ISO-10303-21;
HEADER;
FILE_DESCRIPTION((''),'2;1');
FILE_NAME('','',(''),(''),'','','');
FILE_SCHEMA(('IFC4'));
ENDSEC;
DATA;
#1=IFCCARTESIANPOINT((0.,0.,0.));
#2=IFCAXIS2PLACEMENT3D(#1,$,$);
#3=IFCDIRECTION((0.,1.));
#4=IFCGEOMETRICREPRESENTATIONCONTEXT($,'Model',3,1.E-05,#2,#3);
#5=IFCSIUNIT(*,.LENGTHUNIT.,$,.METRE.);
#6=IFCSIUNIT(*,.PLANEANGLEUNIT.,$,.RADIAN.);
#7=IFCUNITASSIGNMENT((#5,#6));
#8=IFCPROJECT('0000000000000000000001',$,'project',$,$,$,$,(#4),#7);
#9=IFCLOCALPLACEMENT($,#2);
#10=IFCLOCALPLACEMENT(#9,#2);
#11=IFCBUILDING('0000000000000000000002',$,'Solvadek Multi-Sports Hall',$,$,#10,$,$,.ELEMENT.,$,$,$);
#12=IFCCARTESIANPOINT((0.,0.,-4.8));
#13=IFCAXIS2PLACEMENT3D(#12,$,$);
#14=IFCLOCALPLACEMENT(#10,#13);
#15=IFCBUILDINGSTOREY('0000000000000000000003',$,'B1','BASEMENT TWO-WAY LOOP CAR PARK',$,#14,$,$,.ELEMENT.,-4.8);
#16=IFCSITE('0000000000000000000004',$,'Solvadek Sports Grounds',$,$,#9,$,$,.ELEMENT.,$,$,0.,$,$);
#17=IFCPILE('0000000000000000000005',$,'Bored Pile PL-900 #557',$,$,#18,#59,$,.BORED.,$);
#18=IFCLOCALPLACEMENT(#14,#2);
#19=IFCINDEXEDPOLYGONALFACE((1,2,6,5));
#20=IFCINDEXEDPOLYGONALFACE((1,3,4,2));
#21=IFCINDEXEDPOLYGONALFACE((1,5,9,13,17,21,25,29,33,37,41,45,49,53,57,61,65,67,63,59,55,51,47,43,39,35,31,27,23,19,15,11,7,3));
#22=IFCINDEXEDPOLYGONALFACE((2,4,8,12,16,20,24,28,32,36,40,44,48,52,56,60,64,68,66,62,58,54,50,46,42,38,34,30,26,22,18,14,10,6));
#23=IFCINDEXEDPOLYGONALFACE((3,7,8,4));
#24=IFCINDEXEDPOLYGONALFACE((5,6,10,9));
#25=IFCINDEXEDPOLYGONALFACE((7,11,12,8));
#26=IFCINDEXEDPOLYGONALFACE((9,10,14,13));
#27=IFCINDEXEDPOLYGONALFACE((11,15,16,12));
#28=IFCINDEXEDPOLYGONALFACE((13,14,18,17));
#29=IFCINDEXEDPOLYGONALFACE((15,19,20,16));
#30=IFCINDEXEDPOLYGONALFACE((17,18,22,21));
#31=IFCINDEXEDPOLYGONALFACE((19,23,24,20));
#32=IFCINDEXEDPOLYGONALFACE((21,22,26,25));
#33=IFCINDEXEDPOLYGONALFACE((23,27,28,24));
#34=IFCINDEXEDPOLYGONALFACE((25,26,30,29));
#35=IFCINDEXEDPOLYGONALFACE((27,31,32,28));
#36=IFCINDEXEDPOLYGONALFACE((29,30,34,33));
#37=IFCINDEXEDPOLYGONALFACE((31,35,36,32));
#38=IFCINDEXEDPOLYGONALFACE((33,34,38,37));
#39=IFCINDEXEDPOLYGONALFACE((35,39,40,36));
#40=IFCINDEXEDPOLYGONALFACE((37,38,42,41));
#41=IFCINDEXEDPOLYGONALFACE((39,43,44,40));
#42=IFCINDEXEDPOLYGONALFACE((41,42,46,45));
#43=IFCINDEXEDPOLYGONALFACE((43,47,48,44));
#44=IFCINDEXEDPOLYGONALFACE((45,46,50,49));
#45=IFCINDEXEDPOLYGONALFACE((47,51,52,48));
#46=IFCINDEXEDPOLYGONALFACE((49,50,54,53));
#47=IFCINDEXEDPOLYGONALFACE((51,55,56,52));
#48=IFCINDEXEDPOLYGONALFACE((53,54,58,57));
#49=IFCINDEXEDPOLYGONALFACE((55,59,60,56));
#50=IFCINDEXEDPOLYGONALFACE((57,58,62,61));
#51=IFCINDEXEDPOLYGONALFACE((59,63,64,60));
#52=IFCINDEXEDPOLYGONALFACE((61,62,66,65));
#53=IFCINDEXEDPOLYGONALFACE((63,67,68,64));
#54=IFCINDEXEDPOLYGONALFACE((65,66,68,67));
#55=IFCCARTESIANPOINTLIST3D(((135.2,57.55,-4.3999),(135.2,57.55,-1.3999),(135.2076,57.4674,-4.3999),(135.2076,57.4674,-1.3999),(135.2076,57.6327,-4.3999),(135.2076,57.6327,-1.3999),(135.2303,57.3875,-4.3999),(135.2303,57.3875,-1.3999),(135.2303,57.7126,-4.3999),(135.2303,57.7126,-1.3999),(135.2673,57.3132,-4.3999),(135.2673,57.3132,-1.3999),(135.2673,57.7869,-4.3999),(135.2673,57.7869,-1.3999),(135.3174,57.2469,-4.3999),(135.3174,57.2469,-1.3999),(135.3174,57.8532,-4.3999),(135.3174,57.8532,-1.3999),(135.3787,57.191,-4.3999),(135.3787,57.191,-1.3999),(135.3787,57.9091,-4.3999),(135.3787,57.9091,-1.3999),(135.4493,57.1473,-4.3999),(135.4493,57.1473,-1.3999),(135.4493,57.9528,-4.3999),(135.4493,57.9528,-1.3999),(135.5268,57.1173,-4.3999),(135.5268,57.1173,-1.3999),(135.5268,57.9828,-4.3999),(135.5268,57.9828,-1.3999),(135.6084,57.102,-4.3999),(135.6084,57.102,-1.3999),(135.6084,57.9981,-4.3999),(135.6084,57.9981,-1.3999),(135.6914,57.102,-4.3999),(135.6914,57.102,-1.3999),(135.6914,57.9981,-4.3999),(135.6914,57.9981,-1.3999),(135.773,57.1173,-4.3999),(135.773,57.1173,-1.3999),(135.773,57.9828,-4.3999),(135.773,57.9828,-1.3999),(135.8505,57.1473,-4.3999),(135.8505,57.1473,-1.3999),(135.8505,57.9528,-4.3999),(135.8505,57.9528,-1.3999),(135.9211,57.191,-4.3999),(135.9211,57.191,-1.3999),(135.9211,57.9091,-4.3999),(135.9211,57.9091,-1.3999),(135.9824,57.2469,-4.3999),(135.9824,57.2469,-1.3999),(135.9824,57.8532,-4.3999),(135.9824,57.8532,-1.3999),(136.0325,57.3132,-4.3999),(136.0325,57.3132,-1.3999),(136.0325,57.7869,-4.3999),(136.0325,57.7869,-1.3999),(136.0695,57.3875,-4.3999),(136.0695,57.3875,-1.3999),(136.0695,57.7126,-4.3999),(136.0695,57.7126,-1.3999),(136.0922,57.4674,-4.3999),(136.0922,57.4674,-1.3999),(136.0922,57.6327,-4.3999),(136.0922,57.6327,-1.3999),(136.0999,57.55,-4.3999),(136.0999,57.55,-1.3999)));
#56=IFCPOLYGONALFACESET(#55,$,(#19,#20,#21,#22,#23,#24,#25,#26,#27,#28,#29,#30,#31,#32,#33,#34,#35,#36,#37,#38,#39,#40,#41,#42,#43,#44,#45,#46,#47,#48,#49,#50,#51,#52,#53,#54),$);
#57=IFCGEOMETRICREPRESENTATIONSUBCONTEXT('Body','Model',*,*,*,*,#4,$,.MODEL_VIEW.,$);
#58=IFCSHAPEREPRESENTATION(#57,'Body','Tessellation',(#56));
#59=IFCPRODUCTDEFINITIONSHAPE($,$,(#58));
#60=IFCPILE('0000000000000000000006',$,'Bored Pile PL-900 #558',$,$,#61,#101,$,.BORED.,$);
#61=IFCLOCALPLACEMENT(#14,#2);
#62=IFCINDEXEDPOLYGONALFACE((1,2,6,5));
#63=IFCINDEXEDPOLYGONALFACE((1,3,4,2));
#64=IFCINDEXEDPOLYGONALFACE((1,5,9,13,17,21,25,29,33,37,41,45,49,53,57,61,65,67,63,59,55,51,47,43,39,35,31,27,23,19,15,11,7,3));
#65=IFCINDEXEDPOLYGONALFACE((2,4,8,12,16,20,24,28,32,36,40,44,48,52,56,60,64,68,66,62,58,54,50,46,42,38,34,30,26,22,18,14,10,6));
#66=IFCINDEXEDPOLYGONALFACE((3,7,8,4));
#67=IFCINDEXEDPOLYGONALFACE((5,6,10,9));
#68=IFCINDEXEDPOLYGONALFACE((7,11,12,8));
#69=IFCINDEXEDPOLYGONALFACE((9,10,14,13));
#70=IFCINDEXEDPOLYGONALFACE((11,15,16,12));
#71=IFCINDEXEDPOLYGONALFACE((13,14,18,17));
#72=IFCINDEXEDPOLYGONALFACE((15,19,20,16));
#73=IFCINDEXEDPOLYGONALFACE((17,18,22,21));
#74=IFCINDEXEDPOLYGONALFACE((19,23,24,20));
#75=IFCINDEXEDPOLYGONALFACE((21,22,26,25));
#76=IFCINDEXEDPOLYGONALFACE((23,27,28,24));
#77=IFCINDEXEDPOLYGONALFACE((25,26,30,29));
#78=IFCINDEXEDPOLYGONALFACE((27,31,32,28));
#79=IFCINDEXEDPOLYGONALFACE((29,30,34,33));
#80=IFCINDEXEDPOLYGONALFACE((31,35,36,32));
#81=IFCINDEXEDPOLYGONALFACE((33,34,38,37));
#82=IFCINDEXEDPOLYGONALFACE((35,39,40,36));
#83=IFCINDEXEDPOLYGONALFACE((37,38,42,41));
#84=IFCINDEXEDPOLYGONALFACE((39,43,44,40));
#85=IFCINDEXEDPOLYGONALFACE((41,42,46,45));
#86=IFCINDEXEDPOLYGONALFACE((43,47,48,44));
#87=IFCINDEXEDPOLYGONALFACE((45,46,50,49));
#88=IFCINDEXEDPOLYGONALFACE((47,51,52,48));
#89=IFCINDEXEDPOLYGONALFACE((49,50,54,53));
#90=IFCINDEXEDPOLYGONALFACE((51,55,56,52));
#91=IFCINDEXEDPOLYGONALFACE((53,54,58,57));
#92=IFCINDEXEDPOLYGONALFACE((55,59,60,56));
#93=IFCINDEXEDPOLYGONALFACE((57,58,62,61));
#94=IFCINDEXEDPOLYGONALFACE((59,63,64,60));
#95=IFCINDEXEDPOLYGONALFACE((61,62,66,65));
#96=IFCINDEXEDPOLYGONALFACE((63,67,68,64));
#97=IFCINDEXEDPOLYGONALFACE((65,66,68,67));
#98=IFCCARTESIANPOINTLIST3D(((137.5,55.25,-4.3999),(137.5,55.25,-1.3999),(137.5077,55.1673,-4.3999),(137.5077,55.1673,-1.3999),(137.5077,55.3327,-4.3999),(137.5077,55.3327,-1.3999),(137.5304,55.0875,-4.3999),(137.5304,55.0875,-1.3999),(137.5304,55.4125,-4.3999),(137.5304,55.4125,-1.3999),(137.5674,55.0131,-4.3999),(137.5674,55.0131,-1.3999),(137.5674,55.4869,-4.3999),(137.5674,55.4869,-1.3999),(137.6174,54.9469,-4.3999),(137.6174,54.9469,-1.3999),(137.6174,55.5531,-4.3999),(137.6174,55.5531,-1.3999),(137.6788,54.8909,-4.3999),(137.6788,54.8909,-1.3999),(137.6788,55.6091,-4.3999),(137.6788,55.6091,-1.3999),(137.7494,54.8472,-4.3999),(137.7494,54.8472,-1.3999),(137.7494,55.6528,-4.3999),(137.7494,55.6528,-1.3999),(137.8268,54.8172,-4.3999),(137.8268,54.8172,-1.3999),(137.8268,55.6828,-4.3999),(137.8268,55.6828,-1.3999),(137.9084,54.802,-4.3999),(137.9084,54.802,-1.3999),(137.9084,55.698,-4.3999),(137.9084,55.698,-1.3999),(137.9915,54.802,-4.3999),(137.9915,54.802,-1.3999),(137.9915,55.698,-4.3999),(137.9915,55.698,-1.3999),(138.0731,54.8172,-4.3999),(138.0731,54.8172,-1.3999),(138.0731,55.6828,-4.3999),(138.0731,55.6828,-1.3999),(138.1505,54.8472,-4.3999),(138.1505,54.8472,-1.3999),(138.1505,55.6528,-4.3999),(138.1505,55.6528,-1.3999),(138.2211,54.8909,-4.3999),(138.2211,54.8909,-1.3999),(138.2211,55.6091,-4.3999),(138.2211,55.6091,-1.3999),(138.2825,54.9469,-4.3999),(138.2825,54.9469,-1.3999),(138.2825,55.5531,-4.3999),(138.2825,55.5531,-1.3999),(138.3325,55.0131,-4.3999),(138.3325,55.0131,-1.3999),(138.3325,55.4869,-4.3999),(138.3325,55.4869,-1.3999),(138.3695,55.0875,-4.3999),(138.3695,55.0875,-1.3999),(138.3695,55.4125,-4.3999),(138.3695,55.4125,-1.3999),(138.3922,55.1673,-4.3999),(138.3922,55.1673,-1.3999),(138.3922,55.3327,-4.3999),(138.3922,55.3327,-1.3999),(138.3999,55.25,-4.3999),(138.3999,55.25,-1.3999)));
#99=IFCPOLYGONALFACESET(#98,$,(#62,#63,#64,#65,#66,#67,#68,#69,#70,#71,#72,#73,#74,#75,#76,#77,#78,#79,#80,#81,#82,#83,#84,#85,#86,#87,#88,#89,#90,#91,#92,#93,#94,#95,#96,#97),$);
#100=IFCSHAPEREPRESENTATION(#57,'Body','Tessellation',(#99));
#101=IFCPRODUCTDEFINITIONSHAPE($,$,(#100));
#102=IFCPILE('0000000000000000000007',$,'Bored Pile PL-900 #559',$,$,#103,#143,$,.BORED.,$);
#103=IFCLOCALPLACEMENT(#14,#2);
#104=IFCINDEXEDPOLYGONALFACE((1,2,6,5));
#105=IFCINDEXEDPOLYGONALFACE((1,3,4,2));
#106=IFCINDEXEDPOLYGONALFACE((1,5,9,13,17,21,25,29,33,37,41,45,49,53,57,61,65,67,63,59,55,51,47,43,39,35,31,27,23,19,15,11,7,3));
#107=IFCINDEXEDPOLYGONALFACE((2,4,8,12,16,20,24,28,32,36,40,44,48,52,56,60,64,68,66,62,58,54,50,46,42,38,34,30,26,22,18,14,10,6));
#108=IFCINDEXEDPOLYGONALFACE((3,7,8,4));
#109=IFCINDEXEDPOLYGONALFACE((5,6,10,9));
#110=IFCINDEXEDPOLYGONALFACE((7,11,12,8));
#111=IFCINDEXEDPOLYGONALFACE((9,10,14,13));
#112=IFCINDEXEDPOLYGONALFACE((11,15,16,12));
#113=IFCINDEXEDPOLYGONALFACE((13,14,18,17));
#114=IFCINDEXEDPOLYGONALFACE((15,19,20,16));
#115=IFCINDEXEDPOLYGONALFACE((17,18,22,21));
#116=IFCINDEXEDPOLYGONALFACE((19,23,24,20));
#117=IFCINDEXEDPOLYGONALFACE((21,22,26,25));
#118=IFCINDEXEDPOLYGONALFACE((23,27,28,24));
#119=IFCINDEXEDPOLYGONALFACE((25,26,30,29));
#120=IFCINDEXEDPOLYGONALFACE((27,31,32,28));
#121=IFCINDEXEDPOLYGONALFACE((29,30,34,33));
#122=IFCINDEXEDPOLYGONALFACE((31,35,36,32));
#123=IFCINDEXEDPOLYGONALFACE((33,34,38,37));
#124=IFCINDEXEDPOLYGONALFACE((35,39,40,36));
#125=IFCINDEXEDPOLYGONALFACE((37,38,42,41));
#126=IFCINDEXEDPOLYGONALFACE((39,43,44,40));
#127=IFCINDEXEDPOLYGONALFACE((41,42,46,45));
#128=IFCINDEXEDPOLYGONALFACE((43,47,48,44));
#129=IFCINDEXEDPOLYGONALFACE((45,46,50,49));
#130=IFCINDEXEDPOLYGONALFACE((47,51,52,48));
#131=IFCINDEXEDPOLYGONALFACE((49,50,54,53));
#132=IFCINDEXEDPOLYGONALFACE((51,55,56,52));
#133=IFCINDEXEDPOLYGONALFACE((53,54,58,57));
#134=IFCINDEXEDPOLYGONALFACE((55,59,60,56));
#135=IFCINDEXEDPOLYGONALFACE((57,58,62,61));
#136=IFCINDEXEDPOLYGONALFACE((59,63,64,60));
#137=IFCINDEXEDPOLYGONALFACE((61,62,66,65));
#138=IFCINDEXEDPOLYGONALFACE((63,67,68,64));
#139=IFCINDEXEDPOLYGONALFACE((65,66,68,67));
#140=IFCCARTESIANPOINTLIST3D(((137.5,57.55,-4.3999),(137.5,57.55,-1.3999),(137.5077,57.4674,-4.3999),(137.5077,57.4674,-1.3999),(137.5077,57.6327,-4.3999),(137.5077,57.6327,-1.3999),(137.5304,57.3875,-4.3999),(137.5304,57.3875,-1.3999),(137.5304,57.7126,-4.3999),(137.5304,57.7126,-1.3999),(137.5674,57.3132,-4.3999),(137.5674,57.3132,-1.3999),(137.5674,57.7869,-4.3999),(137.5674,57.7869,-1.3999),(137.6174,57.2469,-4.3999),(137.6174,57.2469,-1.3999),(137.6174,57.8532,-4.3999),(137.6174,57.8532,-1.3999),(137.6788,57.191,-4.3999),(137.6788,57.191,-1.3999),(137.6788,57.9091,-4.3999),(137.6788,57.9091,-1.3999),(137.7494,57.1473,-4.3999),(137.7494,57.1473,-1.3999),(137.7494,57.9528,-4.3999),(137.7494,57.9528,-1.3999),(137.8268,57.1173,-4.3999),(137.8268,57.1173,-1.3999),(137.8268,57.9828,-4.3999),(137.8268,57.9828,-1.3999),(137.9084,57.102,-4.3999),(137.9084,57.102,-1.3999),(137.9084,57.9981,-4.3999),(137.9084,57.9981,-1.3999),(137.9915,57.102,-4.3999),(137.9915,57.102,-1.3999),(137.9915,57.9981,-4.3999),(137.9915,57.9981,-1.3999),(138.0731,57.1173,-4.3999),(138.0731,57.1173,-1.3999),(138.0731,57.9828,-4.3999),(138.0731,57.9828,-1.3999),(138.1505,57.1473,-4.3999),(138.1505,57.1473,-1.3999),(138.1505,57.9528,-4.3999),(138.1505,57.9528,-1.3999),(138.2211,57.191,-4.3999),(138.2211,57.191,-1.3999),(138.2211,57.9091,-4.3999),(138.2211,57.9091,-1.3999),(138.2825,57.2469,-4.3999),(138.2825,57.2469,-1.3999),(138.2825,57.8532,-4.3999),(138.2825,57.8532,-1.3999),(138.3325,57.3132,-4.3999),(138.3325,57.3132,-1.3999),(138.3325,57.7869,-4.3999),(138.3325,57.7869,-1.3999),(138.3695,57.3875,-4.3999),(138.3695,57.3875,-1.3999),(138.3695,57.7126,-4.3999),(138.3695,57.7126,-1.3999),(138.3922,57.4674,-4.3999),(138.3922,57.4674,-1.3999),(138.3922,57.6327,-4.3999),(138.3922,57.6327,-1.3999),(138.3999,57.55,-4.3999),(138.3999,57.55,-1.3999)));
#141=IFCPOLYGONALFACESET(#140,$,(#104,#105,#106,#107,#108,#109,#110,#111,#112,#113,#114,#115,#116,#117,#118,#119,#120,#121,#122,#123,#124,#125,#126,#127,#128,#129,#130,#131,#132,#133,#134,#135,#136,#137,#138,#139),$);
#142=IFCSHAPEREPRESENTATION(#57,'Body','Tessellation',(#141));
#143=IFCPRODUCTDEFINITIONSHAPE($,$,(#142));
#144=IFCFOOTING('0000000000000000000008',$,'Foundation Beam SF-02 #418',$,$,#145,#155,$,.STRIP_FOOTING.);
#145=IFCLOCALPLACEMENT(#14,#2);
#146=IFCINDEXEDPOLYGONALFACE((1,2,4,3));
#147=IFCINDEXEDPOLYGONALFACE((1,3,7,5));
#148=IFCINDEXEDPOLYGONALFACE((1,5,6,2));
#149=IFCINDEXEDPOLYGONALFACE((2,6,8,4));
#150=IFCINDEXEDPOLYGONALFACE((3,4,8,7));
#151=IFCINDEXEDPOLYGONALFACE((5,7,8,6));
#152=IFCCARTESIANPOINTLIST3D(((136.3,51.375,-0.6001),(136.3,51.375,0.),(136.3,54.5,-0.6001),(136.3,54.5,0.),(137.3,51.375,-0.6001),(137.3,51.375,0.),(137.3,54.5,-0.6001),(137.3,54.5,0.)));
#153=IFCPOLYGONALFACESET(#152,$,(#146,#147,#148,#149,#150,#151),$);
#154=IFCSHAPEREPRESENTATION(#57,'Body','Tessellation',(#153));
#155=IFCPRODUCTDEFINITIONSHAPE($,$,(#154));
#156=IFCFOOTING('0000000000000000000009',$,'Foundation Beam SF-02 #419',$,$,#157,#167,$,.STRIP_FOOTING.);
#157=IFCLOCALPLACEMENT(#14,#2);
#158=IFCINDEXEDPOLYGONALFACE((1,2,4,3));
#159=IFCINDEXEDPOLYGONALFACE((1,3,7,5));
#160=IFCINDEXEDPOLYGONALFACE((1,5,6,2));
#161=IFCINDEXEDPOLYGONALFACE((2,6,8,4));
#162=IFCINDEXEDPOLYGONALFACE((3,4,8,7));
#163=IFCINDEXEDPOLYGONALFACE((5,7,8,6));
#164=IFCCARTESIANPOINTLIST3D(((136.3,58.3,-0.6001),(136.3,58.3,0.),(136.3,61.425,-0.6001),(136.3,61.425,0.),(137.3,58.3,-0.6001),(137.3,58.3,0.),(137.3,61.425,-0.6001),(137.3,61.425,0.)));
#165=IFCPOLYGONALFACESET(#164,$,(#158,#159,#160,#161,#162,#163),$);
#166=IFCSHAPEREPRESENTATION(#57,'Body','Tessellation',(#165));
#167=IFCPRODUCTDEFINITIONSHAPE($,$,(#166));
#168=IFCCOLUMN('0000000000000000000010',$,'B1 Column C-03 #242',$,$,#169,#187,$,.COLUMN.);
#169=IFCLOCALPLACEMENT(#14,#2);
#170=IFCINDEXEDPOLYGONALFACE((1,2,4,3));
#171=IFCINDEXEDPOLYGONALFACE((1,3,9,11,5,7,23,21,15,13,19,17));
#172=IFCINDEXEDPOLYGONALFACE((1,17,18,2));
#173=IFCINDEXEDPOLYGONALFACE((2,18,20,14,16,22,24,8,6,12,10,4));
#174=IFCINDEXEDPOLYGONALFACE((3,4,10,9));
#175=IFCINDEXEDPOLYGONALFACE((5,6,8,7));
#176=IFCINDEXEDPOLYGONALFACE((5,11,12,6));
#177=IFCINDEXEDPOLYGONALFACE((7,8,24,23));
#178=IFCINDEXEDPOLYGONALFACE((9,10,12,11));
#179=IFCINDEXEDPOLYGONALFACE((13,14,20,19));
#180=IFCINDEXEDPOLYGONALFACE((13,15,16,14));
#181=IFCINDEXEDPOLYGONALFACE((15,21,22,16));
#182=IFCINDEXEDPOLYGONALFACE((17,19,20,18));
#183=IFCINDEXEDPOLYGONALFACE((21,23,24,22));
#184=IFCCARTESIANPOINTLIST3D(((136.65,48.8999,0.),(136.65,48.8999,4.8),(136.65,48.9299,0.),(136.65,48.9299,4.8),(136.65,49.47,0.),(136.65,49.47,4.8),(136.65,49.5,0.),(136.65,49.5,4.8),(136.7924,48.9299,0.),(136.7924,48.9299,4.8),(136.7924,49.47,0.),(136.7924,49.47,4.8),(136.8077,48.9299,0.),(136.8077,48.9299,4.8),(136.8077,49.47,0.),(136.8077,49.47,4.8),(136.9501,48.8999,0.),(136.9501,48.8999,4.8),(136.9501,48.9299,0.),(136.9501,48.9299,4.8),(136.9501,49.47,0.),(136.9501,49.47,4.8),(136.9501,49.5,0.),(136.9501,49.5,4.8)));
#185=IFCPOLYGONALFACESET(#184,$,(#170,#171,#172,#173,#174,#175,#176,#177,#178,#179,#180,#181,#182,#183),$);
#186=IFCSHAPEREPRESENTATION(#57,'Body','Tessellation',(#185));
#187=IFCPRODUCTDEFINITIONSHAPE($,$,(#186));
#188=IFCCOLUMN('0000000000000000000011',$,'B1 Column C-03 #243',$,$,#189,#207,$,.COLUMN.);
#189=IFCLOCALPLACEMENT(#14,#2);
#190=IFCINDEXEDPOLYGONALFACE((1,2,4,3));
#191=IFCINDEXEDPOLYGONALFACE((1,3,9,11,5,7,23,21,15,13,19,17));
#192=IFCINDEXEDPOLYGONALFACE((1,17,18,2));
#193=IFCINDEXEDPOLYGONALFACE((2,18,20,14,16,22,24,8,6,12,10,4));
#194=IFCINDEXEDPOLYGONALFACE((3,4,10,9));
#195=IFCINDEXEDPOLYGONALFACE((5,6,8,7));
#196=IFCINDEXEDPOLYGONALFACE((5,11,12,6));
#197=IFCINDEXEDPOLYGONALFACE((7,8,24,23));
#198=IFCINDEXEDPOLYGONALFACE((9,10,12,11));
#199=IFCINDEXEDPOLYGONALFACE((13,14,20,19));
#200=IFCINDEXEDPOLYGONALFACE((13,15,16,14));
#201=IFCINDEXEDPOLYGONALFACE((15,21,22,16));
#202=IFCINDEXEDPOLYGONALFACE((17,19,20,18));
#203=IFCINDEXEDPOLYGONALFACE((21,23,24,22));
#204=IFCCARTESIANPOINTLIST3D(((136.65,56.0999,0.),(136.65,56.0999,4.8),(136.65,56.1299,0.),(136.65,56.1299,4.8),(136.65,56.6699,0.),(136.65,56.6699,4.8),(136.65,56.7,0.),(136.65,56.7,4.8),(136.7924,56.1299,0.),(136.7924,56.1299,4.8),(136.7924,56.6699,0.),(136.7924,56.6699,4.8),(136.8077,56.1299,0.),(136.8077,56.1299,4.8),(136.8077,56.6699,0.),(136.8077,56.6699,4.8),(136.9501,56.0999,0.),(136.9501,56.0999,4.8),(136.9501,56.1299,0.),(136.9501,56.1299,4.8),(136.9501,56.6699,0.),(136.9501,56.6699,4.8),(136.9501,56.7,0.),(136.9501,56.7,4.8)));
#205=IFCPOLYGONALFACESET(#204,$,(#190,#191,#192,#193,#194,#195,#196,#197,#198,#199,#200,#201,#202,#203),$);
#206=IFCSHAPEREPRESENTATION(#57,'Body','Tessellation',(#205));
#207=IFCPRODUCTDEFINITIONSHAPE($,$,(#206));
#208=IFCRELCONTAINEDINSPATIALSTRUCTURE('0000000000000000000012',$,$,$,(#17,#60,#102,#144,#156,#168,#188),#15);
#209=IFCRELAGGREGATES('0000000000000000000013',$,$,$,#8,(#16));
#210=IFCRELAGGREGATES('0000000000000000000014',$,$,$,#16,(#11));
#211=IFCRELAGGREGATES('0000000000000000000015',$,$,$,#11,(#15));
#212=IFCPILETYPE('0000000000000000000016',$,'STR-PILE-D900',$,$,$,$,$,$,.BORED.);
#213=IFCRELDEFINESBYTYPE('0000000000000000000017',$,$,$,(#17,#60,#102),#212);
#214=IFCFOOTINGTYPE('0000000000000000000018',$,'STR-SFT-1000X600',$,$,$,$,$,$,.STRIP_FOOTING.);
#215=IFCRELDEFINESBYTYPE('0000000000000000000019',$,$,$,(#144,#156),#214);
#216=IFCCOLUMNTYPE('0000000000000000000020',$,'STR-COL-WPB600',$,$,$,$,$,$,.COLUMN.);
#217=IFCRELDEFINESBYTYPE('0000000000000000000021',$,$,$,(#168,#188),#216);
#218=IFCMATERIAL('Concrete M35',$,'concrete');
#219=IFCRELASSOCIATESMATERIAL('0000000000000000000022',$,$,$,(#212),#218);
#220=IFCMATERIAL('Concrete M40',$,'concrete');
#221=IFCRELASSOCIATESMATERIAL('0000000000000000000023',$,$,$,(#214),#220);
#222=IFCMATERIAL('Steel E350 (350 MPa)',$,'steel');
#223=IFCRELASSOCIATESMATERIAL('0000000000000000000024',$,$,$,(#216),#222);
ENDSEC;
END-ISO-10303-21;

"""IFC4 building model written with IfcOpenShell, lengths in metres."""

from ifc_helpers import new_model, si_unit, direction, frame, origin, origin_2d, place, context, subcontext, project, spatial, rectangle, circle, i_section, extrude, material, material_profile, profile_set, type_object, element, save


model = new_model("IFC4")

# Units and contexts
model_context = context("Model", 3, precision=1e-05, world=origin(), true_north=direction((0.0, 1.0)))
body_context = subcontext(model_context, "Body", "Model", "MODEL_VIEW")
ifc_project = project(units=[si_unit("LENGTHUNIT", "METRE"), si_unit("PLANEANGLEUNIT", "RADIAN")], contexts=[model_context])

# Site, building, storey
site_placement = place(None, origin())
site = spatial("IfcSite", under=ifc_project, at=site_placement, Name="Solvadek Sports Grounds", CompositionType="ELEMENT", RefElevation=0.0)
building_placement = place(site_placement, origin())
building = spatial("IfcBuilding", under=site, at=building_placement, Name="Solvadek Multi-Sports Hall", CompositionType="ELEMENT")
storey_placement = place(building_placement, frame((0.0, 0.0, -4.8)))
storey = spatial("IfcBuildingStorey", under=building, at=storey_placement, Name="B1", Description="BASEMENT TWO-WAY LOOP CAR PARK", CompositionType="ELEMENT", Elevation=-4.8)

# Shared definitions
ifc_material_1 = material(Name="Concrete M40", Category="concrete")

# Piles
ifc_material_2 = material(Name="Concrete M35", Category="concrete")
ifc_material_profile_1 = material_profile(ifc_material_2, circle(Radius=0.45, at=origin_2d()), Name="BORED PILE D900")
ifc_profile_set_1 = profile_set([ifc_material_profile_1], Name="Concrete M35")
pile_type_1 = type_object("IfcPileType", Name="STR-PILE-D900", PredefinedType="BORED", material=ifc_profile_set_1)
for number, where, z_axis, x_axis, name in (
    (1, (135.6499, 57.55, -1.3999), (0.0, 0.0, -1.0), (1.0, 0.0, 0.0), "Bored Pile PL-900 #557"),
    (2, (137.95, 55.25, -1.3999), (0.0, 0.0, -1.0), (1.0, 0.0, 0.0), "Bored Pile PL-900 #558"),
    (3, (137.95, 57.55, -1.3999), (0.0, 0.0, -1.0), (1.0, 0.0, 0.0), "Bored Pile PL-900 #559"),
):
    element("IfcPile", number, at=place(storey_placement, frame(where, z_axis=z_axis, x_axis=x_axis)), inside=storey, type_object=pile_type_1, Name=name, PredefinedType="BORED", context=body_context, shape_type="SweptSolid", body=[
        extrude(circle(Radius=0.45, at=origin_2d()), origin(), (0.0, 0.0, 1.0), 3.0),
    ])

# Footings
footing_type_1 = type_object("IfcFootingType", Name="STR-SFT-1000X600", PredefinedType="STRIP_FOOTING", material=ifc_material_1)
for number, where, z_axis, x_axis, name in (
    (4, (136.8, 52.9375, -0.6001), (0.0, 0.0, 1.0), (0.0, 1.0, 0.0), "Foundation Beam SF-02 #418"),
    (5, (136.8, 59.8625, -0.6001), (0.0, 0.0, 1.0), (0.0, 1.0, 0.0), "Foundation Beam SF-02 #419"),
):
    element("IfcFooting", number, at=place(storey_placement, frame(where, z_axis=z_axis, x_axis=x_axis)), inside=storey, type_object=footing_type_1, Name=name, PredefinedType="STRIP_FOOTING", context=body_context, shape_type="SweptSolid", body=[
        extrude(rectangle(XDim=3.125, YDim=1.0, at=origin_2d()), origin(), (0.0, 0.0, 1.0), 0.6001),
    ])

# Columns
ifc_material_3 = material(Name="Steel E350 (350 MPa)", Category="steel")
ifc_material_profile_2 = material_profile(ifc_material_3, i_section(OverallWidth=0.3, OverallDepth=0.6001, WebThickness=0.0154, FlangeThickness=0.03, at=origin_2d()), Name="WPB 600")
ifc_profile_set_2 = profile_set([ifc_material_profile_2], Name="Steel E350 (350 MPa)")
column_type = type_object("IfcColumnType", Name="STR-COL-WPB600", PredefinedType="COLUMN", material=ifc_profile_set_2)
for number, where, z_axis, x_axis, name in (
    (6, (136.8, 49.2, 0.0), (0.0, 0.0, 1.0), (1.0, 0.0, 0.0), "B1 Column C-03 #242"),
    (7, (136.8, 56.3999, 0.0), (0.0, 0.0, 1.0), (1.0, 0.0, 0.0), "B1 Column C-03 #243"),
):
    element("IfcColumn", number, at=place(storey_placement, frame(where, z_axis=z_axis, x_axis=x_axis)), inside=storey, type_object=column_type, Name=name, PredefinedType="COLUMN", context=body_context, shape_type="SweptSolid", body=[
        extrude(i_section(OverallWidth=0.3, OverallDepth=0.6001, WebThickness=0.0154, FlangeThickness=0.03, at=origin_2d()), origin(), (0.0, 0.0, 1.0), 4.8),
    ])

save(model, "model.ifc")
